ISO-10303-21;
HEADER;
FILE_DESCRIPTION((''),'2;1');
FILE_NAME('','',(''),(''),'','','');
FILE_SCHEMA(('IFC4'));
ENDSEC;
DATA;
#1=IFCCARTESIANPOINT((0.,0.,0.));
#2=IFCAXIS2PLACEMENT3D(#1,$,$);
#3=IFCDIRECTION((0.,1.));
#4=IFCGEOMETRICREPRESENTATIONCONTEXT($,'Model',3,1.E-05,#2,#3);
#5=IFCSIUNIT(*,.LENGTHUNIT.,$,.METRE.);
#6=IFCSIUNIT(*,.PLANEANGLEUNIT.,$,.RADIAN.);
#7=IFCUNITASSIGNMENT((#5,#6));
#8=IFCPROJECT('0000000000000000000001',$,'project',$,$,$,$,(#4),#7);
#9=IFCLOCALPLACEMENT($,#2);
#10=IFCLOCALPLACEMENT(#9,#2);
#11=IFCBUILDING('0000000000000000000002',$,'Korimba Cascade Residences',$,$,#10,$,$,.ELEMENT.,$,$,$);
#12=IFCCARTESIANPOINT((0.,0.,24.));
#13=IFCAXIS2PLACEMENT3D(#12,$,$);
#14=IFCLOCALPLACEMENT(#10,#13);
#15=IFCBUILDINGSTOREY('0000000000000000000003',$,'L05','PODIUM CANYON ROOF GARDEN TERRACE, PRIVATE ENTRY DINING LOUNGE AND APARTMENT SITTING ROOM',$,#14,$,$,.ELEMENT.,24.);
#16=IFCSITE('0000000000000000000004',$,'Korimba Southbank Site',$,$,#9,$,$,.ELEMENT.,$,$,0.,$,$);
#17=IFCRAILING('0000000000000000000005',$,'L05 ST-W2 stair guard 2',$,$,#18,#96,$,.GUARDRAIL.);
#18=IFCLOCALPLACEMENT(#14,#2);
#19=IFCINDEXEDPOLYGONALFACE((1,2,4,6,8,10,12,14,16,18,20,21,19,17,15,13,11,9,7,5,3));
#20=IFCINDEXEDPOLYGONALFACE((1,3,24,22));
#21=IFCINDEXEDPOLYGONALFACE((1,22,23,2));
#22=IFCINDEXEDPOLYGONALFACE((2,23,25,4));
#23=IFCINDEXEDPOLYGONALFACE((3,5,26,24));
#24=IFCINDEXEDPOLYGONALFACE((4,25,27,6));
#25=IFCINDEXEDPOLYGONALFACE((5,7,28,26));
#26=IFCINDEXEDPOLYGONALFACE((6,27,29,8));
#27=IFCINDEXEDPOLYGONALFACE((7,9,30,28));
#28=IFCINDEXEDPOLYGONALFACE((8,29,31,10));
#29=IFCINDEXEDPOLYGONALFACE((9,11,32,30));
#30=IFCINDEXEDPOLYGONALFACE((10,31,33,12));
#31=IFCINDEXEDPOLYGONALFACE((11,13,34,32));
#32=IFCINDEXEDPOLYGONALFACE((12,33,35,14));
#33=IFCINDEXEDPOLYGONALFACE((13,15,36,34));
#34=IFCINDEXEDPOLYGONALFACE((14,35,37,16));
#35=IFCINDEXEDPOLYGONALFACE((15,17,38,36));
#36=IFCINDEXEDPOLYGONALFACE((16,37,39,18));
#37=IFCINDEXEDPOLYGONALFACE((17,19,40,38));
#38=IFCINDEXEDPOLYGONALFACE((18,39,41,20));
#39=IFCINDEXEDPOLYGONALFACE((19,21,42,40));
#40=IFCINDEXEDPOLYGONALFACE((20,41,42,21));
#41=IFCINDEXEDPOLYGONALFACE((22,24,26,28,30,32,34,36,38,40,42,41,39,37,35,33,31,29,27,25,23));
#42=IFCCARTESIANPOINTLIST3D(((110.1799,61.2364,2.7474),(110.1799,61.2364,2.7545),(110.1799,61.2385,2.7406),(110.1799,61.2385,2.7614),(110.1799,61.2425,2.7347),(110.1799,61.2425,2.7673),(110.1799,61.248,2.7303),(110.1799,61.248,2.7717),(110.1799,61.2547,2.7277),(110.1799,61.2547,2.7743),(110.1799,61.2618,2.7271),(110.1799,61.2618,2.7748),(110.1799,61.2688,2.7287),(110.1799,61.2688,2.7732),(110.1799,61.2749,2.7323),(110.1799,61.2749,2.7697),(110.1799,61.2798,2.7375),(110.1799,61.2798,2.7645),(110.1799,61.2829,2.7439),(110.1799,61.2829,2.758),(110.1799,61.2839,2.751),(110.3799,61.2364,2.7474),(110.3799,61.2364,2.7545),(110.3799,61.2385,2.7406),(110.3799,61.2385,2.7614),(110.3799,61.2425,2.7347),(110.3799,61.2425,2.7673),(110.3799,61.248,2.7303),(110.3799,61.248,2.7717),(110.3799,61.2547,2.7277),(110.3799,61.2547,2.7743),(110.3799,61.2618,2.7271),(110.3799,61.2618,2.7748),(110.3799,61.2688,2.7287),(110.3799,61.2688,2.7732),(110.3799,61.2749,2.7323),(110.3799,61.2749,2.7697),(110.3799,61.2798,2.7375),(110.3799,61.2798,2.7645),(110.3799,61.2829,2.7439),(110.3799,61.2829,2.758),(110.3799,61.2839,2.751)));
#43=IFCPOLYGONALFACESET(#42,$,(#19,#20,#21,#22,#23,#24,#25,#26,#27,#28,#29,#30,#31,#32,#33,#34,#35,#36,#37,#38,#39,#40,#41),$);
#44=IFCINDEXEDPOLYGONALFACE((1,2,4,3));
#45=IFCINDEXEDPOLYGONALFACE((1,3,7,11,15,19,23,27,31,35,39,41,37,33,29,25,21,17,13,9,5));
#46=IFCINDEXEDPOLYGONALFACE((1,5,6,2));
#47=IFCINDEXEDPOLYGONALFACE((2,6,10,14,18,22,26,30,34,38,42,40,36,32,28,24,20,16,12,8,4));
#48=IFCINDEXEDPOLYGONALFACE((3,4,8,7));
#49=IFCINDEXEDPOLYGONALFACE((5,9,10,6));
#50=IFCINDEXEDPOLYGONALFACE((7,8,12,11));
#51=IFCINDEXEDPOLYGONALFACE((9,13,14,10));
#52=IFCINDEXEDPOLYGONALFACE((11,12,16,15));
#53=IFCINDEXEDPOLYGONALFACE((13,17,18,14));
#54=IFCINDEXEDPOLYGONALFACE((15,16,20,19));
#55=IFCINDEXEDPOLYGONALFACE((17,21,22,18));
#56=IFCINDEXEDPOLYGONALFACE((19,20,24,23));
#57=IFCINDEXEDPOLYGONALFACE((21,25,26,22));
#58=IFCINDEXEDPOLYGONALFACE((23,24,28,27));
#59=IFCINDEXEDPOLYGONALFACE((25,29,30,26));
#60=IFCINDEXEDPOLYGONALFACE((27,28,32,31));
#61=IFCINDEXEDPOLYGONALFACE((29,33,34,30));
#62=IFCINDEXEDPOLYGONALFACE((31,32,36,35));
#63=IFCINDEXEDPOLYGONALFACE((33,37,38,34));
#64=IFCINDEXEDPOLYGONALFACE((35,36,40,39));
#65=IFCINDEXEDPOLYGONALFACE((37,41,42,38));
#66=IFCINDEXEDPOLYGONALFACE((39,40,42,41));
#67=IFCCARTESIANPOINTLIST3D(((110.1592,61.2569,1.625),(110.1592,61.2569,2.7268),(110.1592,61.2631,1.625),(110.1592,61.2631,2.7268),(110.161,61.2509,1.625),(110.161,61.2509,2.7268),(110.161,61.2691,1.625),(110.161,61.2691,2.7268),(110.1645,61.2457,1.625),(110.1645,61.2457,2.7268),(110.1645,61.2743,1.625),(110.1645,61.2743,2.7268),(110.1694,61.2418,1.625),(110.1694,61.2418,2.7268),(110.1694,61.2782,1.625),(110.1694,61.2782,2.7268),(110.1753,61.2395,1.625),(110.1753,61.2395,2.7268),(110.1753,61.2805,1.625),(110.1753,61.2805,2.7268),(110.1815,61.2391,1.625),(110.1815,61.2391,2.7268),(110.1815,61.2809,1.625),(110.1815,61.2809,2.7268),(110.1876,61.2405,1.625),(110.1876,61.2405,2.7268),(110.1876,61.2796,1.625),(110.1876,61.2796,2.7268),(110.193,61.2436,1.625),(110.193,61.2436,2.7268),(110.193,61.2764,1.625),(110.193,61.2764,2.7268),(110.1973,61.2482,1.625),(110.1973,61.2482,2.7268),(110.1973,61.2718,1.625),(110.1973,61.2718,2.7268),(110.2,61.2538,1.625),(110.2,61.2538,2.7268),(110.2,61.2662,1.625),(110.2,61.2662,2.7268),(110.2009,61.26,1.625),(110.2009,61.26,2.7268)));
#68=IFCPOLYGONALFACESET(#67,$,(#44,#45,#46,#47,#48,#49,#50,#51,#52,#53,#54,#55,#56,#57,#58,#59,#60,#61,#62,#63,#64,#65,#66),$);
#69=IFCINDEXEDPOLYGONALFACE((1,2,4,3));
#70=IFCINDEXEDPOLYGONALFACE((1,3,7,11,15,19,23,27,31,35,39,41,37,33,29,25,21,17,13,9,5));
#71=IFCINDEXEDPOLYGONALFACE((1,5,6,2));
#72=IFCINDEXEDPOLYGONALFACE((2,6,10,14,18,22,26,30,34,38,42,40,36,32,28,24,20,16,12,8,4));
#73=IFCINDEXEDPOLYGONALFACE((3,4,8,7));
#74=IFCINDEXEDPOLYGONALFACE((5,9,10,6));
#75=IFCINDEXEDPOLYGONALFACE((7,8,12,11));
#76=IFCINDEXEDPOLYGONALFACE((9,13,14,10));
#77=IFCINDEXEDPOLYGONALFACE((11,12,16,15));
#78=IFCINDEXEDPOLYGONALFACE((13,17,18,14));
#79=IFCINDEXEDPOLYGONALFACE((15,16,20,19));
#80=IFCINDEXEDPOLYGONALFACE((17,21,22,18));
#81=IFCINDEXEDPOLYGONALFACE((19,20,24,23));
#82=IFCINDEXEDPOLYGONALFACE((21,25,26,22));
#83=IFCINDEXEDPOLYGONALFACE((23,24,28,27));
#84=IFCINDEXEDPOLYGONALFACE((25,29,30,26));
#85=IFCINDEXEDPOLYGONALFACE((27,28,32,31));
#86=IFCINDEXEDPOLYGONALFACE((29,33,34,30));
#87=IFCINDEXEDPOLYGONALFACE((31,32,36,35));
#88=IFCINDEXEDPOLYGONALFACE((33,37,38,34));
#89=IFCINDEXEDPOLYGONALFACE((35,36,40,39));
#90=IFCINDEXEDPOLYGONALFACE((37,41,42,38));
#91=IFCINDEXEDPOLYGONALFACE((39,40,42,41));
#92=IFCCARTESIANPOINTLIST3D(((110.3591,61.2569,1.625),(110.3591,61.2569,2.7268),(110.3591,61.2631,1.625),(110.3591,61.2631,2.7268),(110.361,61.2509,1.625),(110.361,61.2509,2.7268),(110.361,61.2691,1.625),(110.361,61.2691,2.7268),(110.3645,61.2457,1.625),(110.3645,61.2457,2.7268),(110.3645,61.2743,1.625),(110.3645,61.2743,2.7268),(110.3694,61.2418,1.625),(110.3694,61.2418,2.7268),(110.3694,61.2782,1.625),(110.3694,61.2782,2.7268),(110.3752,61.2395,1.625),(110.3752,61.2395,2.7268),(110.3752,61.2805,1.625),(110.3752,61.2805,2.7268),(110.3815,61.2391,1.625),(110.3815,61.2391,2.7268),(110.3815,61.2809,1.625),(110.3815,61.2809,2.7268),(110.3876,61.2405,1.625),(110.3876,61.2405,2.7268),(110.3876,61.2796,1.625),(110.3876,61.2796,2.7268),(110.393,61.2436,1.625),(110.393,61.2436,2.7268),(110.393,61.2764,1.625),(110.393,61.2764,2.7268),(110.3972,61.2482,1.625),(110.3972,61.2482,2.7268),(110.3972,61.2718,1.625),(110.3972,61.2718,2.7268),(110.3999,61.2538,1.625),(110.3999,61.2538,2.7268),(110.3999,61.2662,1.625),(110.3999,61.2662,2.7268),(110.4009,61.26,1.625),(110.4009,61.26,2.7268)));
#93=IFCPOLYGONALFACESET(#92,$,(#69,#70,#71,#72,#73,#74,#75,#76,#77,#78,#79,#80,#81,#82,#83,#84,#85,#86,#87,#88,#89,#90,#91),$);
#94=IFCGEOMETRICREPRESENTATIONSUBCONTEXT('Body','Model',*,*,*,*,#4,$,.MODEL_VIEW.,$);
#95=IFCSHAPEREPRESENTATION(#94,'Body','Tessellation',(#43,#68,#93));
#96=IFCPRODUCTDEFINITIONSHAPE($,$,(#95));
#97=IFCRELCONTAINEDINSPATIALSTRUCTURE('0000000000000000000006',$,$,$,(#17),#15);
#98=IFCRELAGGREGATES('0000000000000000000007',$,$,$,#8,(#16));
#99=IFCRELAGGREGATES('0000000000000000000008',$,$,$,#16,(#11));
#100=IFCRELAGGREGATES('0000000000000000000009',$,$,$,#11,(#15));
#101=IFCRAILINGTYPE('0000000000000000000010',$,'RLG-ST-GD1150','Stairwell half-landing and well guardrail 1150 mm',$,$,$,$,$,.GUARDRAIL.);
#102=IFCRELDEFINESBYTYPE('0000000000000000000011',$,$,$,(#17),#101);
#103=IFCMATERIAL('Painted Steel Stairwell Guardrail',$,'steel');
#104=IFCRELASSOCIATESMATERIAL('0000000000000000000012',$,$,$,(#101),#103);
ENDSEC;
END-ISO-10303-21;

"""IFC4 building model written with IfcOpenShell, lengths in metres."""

from ifc_helpers import new_model, si_unit, direction, frame, origin, origin_2d, place, context, subcontext, project, spatial, circle, extrude, material, type_object, element, save


model = new_model("IFC4")

# Units and contexts
model_context = context("Model", 3, precision=1e-05, world=origin(), true_north=direction((0.0, 1.0)))
body_context = subcontext(model_context, "Body", "Model", "MODEL_VIEW")
ifc_project = project(units=[si_unit("LENGTHUNIT", "METRE"), si_unit("PLANEANGLEUNIT", "RADIAN")], contexts=[model_context])

# Site, building, storey
site_placement = place(None, origin())
site = spatial("IfcSite", under=ifc_project, at=site_placement, Name="Korimba Southbank Site", CompositionType="ELEMENT", RefElevation=0.0)
building_placement = place(site_placement, origin())
building = spatial("IfcBuilding", under=site, at=building_placement, Name="Korimba Cascade Residences", CompositionType="ELEMENT")
storey_placement = place(building_placement, frame((0.0, 0.0, 24.0)))
storey = spatial("IfcBuildingStorey", under=building, at=storey_placement, Name="L05", Description="PODIUM CANYON ROOF GARDEN TERRACE, PRIVATE ENTRY DINING LOUNGE AND APARTMENT SITTING ROOM", CompositionType="ELEMENT", Elevation=24.0)

# Railing
ifc_material_1 = material(Name="Painted Steel Stairwell Guardrail", Category="steel")
railing_type_1 = type_object("IfcRailingType", Name="RLG-ST-GD1150", Description="Stairwell half-landing and well guardrail 1150 mm", PredefinedType="GUARDRAIL", material=ifc_material_1)
railing_1_placement = place(storey_placement, frame((110.1799, 61.26, 1.625)))
element("IfcRailing", 1, at=railing_1_placement, inside=storey, type_object=railing_type_1, Name="L05 ST-W2 stair guard 2", PredefinedType="GUARDRAIL", context=body_context, shape_type="SweptSolid", body=[
    extrude(circle(Radius=0.0239, at=origin_2d()), frame((0.0, 0.0, 1.126), z_axis=(1.0, 0.0, 0.0), x_axis=(0.0, 1.0, 0.0)), (0.0, 0.0, 1.0), 0.2),
    extrude(circle(Radius=0.021, at=origin_2d()), origin(), (0.0, 0.0, 1.0), 1.1018),
    extrude(circle(Radius=0.021, at=origin_2d()), frame((0.2, 0.0, 0.0)), (0.0, 0.0, 1.0), 1.1018),
])

save(model, "model.ifc")
